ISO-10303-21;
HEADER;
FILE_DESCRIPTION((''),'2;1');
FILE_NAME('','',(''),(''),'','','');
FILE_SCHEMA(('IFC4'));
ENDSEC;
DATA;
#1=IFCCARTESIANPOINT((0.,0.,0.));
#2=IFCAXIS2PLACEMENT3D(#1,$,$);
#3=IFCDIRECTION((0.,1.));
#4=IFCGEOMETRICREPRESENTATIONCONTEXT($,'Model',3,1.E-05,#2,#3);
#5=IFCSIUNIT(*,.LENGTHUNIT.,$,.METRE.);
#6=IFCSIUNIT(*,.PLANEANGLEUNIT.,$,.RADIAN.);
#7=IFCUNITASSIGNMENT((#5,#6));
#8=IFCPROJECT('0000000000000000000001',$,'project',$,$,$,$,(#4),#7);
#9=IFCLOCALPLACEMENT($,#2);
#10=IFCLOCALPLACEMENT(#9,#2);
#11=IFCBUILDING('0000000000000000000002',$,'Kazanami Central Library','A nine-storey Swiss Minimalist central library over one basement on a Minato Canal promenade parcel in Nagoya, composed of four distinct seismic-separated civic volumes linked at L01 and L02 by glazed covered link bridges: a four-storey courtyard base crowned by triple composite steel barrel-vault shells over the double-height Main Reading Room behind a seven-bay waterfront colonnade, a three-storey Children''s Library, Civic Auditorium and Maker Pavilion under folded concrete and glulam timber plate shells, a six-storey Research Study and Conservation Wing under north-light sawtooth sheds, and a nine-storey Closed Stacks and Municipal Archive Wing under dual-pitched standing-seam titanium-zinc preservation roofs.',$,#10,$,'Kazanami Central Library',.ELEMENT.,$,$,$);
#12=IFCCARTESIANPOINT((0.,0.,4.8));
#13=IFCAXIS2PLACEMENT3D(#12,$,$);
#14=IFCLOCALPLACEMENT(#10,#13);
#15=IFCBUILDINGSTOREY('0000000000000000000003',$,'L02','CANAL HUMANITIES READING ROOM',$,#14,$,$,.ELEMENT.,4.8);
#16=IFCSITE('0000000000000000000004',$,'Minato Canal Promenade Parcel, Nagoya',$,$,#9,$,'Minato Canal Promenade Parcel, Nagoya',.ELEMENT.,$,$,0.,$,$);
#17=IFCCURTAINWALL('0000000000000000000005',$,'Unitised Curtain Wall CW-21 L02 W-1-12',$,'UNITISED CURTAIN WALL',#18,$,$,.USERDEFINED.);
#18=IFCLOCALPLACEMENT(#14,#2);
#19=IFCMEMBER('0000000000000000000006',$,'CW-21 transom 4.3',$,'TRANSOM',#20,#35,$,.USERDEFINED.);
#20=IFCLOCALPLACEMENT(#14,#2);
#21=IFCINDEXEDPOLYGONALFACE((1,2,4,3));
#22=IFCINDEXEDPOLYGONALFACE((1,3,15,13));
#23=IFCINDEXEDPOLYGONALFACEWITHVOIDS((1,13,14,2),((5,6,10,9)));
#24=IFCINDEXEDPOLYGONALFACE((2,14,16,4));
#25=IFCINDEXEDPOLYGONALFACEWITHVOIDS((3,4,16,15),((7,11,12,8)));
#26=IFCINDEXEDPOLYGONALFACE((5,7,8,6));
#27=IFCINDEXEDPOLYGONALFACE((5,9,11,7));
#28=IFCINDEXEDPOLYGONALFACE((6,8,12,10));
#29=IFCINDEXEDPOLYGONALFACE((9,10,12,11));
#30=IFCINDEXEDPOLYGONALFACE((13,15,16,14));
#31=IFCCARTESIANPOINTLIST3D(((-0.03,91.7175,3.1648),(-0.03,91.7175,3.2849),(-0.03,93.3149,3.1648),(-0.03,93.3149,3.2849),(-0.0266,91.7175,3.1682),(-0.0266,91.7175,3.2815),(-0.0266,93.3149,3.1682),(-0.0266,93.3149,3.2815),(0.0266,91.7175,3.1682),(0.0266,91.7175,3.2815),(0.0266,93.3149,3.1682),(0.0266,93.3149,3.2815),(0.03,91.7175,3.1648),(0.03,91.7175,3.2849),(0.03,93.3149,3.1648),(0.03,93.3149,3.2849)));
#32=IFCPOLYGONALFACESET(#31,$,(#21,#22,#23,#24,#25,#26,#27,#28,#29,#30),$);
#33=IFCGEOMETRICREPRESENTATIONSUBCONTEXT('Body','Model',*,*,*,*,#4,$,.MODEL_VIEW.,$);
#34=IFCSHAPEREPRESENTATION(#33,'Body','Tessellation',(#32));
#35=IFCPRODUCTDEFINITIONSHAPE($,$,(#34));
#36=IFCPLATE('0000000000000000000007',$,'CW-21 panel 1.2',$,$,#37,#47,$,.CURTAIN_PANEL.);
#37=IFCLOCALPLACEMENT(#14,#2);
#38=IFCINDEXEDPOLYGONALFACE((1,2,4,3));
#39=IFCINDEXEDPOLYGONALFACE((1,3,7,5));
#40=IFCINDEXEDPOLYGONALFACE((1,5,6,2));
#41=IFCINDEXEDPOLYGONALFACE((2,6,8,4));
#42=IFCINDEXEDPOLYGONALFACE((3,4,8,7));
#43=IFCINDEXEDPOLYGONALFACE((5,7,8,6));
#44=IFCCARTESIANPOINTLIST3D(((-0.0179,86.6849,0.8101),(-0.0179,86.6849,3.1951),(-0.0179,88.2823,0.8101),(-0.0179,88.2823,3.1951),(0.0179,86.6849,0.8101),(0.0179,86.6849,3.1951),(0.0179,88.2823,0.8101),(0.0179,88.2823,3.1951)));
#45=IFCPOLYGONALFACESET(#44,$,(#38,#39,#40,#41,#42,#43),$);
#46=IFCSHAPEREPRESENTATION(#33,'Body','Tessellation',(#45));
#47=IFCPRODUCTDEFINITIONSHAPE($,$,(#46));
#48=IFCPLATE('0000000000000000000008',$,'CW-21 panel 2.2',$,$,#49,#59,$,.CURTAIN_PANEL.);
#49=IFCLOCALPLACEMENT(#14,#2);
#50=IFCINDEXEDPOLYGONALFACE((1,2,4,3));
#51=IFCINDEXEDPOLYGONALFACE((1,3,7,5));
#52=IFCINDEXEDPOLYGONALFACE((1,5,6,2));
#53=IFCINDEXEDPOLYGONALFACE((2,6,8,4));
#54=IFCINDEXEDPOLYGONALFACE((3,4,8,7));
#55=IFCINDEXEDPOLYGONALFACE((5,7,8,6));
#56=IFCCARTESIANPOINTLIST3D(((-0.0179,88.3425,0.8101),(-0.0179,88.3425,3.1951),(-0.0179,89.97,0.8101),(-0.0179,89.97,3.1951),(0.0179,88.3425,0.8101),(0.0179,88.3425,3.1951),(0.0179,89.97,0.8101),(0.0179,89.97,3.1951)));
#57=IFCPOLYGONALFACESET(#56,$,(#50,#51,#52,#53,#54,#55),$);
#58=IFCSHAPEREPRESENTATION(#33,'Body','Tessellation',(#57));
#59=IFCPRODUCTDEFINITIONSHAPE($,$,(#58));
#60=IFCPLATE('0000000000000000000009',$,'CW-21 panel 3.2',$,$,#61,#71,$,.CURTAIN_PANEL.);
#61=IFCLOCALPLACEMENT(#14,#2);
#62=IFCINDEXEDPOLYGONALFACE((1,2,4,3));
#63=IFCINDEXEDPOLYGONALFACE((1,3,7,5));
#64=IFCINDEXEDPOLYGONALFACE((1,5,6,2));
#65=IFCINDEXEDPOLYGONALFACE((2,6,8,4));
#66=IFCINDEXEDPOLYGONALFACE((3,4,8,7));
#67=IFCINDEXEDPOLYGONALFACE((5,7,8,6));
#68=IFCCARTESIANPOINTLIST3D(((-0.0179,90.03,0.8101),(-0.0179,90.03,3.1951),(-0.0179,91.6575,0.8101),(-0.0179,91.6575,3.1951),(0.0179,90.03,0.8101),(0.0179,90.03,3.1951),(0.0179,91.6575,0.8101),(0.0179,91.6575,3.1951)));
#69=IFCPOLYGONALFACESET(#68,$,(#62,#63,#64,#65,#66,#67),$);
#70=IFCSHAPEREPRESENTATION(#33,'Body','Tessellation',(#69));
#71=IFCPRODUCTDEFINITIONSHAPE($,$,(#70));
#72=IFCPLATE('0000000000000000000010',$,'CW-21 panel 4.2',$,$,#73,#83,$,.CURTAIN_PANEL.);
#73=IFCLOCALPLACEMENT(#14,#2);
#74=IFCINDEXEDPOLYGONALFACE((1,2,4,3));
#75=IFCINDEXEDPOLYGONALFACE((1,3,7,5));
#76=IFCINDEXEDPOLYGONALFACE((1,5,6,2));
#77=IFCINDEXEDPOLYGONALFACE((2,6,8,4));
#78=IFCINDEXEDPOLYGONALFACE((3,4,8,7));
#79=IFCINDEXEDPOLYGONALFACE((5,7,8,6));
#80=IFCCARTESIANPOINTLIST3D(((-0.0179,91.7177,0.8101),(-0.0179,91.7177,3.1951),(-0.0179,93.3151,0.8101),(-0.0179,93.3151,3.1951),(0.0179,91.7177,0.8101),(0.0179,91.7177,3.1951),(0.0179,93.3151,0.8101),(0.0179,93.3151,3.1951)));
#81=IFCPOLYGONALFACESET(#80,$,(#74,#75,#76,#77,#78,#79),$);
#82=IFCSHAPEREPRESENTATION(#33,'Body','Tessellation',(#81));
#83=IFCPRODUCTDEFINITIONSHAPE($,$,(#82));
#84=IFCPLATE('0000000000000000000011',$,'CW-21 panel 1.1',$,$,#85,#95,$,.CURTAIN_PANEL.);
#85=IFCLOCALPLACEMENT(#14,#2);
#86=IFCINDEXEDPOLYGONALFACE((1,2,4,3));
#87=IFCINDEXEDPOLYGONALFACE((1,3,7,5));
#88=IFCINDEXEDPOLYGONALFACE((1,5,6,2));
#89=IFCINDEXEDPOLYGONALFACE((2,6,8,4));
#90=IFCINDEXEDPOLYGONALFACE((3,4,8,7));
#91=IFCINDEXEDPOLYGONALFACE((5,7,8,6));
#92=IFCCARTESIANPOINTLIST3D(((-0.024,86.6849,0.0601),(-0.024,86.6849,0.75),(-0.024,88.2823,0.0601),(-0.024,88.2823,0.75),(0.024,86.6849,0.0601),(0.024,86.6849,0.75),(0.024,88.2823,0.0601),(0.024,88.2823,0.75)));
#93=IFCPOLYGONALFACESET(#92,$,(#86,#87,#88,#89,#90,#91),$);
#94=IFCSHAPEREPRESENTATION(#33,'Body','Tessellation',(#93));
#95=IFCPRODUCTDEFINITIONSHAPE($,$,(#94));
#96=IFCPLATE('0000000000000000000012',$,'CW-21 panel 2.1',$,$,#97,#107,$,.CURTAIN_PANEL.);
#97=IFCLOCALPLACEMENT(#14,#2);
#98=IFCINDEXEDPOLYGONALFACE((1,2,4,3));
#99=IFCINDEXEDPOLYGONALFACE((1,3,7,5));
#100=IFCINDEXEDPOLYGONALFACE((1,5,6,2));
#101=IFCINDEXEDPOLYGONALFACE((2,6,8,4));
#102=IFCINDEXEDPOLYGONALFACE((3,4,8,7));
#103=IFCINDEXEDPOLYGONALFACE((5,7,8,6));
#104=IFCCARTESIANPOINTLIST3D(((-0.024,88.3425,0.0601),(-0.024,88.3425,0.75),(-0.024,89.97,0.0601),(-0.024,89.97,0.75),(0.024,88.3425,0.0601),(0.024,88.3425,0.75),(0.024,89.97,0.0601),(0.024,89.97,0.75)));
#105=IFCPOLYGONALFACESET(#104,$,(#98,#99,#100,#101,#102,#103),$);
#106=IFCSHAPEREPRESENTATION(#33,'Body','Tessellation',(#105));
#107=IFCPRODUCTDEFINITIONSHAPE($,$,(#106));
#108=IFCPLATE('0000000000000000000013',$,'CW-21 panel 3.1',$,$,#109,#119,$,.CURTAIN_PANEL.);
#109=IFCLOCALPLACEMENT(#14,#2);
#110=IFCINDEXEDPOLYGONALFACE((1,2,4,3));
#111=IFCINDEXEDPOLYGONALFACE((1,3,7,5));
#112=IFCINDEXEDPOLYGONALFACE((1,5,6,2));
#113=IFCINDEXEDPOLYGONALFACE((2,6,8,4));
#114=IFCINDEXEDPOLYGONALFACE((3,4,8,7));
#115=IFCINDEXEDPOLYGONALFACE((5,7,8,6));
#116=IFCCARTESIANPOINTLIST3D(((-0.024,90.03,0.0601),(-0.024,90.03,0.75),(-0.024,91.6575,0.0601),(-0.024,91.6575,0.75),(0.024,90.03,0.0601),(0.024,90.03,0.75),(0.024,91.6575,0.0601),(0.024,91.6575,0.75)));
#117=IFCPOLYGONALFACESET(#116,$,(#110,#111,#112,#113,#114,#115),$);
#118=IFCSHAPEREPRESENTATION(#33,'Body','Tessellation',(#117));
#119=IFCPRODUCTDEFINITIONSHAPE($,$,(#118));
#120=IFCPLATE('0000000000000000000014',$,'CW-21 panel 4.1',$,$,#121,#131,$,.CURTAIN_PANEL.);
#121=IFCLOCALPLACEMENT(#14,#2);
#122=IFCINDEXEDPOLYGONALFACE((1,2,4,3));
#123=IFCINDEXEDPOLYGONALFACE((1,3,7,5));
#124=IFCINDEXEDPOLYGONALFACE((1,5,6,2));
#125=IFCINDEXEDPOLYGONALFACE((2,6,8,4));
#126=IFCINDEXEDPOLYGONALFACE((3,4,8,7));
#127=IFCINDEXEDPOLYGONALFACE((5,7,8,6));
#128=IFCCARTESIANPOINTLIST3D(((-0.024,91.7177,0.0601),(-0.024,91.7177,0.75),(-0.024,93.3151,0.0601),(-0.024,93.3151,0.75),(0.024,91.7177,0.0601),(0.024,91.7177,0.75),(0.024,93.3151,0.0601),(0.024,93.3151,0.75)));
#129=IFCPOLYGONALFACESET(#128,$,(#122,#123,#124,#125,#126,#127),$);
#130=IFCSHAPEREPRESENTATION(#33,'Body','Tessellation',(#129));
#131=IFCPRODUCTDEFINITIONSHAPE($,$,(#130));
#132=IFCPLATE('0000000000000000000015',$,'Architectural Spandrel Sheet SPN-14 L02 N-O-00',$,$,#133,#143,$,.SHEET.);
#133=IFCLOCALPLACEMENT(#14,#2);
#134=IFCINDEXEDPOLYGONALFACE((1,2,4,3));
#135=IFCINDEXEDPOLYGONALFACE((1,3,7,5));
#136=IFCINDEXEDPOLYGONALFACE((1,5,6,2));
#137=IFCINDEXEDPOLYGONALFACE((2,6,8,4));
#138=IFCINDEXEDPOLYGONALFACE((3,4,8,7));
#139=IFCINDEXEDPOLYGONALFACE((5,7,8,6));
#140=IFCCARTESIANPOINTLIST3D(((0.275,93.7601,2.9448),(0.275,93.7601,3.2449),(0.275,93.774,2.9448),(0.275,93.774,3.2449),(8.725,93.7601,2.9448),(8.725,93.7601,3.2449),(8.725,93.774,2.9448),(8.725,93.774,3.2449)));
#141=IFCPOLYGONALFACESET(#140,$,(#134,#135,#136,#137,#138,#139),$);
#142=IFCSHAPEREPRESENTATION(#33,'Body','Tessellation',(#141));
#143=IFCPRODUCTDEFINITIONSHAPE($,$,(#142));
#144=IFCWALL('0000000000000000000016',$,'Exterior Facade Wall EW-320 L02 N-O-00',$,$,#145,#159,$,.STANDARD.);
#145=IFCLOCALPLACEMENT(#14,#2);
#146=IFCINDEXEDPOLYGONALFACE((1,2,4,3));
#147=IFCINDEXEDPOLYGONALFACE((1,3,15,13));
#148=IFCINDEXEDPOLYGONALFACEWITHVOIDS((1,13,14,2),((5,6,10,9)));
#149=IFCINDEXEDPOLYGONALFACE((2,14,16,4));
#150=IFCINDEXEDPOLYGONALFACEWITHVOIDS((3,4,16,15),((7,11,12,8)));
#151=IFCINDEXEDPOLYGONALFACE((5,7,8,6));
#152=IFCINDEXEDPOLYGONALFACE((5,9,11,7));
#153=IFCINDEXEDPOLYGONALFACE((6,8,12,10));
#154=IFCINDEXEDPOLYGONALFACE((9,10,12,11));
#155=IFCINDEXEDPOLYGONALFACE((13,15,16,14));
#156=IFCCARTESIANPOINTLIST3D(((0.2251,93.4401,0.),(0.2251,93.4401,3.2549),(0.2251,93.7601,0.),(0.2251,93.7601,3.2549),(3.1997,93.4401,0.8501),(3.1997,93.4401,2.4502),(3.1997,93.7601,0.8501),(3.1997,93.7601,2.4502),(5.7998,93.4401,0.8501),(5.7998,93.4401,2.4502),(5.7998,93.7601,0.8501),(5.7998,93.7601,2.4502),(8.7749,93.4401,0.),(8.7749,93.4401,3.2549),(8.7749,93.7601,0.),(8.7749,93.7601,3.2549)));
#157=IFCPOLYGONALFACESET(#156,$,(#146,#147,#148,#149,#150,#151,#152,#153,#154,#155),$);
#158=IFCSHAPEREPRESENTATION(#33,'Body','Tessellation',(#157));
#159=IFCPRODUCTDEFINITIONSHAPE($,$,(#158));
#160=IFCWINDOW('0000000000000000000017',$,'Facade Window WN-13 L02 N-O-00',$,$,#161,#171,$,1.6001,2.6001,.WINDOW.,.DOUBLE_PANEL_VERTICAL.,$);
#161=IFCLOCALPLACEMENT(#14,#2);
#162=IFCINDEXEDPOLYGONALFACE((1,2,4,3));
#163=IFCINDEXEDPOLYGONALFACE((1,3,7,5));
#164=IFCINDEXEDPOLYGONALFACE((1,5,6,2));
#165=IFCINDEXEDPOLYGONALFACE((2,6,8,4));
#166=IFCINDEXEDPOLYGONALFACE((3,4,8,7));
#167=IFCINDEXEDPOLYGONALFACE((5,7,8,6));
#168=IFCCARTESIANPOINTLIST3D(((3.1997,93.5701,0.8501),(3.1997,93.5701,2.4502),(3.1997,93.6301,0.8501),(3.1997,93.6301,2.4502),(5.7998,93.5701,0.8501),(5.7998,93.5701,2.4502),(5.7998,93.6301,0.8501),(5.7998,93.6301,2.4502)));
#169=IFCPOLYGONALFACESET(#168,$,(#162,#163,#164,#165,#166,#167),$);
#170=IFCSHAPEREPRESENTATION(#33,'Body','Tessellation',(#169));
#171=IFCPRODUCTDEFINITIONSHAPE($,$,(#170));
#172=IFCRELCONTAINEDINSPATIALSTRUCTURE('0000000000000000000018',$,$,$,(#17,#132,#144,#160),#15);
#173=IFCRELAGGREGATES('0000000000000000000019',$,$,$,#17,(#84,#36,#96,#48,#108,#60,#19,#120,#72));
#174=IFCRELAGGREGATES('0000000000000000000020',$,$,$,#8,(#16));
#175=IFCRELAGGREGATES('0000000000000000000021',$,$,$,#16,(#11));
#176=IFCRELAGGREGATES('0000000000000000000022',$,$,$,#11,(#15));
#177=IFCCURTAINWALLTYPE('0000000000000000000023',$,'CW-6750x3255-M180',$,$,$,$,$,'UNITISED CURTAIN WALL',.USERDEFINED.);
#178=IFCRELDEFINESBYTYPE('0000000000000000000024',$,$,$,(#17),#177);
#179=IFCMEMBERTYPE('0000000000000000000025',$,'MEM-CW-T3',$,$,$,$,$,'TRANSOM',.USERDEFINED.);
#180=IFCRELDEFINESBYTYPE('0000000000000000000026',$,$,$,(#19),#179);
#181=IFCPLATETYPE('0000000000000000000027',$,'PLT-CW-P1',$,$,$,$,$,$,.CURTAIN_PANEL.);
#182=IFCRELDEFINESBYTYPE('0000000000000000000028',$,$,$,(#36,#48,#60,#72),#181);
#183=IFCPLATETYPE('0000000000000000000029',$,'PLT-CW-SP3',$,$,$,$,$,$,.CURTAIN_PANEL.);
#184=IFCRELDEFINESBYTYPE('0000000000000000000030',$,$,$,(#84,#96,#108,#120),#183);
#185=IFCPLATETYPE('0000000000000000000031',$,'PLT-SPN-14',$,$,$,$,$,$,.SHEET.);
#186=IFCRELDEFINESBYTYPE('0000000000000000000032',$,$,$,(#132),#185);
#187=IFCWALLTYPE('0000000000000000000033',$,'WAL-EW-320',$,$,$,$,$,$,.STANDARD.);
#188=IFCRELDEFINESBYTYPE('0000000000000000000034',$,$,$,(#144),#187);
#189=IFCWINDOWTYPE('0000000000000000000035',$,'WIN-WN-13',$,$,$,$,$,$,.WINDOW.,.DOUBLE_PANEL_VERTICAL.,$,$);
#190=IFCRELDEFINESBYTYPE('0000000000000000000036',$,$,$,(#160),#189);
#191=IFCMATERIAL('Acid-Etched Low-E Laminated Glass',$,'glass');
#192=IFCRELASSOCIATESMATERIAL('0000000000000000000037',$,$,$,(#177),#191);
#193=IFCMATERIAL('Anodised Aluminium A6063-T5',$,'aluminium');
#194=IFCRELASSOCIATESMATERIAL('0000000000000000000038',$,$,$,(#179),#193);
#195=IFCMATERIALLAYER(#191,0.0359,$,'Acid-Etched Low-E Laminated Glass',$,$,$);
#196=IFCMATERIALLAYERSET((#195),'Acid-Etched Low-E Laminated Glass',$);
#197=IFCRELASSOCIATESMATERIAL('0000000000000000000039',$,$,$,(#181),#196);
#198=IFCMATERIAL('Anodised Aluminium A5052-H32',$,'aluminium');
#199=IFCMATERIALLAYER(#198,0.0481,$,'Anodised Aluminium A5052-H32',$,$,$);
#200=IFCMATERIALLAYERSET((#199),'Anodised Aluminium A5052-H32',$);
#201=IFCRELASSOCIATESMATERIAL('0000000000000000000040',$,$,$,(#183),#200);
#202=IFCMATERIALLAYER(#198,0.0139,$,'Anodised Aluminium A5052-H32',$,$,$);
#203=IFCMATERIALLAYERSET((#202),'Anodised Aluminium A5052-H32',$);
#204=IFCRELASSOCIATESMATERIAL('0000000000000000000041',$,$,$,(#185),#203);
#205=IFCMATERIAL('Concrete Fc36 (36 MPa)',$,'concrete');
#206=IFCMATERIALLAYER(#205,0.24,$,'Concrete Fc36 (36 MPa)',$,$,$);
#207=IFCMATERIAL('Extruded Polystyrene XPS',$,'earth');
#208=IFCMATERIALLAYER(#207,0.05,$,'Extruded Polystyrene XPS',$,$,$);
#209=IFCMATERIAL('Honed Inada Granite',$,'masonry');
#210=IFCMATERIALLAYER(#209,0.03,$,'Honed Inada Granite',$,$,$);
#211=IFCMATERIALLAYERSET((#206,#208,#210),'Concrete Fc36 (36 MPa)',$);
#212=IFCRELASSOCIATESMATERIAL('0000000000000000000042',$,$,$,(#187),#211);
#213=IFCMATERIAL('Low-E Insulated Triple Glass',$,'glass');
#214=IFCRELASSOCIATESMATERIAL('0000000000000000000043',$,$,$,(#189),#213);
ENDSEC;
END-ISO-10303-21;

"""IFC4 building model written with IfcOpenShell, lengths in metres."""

from ifc_helpers import new_model, si_unit, direction, frame, frame_2d, origin, origin_2d, place, context, subcontext, project, spatial, rectangle, hollow_rectangle, extrude, material, layer, layer_set, material_profile, profile_set, type_object, element, fill, aggregate, save


model = new_model("IFC4")

# Units and contexts
model_context = context("Model", 3, precision=1e-05, world=origin(), true_north=direction((0.0, 1.0)))
body_context = subcontext(model_context, "Body", "Model", "MODEL_VIEW")
ifc_project = project(units=[si_unit("LENGTHUNIT", "METRE"), si_unit("PLANEANGLEUNIT", "RADIAN")], contexts=[model_context])

# Site, building, storey
site_placement = place(None, origin())
site = spatial("IfcSite", under=ifc_project, at=site_placement, Name="Minato Canal Promenade Parcel, Nagoya", LongName="Minato Canal Promenade Parcel, Nagoya", CompositionType="ELEMENT", RefElevation=0.0)
building_placement = place(site_placement, origin())
building = spatial("IfcBuilding", under=site, at=building_placement, Name="Kazanami Central Library", Description="A nine-storey Swiss Minimalist central library over one basement on a Minato Canal promenade parcel in Nagoya, composed of four distinct seismic-separated civic volumes linked at L01 and L02 by glazed covered link bridges: a four-storey courtyard base crowned by triple composite steel barrel-vault shells over the double-height Main Reading Room behind a seven-bay waterfront colonnade, a three-storey Children's Library, Civic Auditorium and Maker Pavilion under folded concrete and glulam timber plate shells, a six-storey Research Study and Conservation Wing under north-light sawtooth sheds, and a nine-storey Closed Stacks and Municipal Archive Wing under dual-pitched standing-seam titanium-zinc preservation roofs.", LongName="Kazanami Central Library", CompositionType="ELEMENT")
storey_placement = place(building_placement, frame((0.0, 0.0, 4.8)))
storey = spatial("IfcBuildingStorey", under=building, at=storey_placement, Name="L02", Description="CANAL HUMANITIES READING ROOM", CompositionType="ELEMENT", Elevation=4.8)

# Curtain wall, member, plates
ifc_material_1 = material(Name="Acid-Etched Low-E Laminated Glass", Category="glass")
curtain_wall_type = type_object("IfcCurtainWallType", Name="CW-6750x3255-M180", ElementType="UNITISED CURTAIN WALL", PredefinedType="USERDEFINED", material=ifc_material_1)
curtain_wall_placement = place(storey_placement, origin())
curtain_wall = element("IfcCurtainWall", 1, at=curtain_wall_placement, inside=storey, type_object=curtain_wall_type, Name="Unitised Curtain Wall CW-21 L02 W-1-12", ObjectType="UNITISED CURTAIN WALL", PredefinedType="USERDEFINED")
ifc_material_2 = material(Name="Anodised Aluminium A6063-T5", Category="aluminium")
ifc_material_profile_1 = material_profile(ifc_material_2, hollow_rectangle(XDim=0.0601, YDim=0.1201, WallThickness=0.0034, at=origin_2d()), Name="ALU-TRAN-60x120x3.5")
ifc_profile_set_1 = profile_set([ifc_material_profile_1], Name="Anodised Aluminium A6063-T5")
member_type_1 = type_object("IfcMemberType", Name="MEM-CW-T3", ElementType="TRANSOM", PredefinedType="USERDEFINED", material=ifc_profile_set_1)
member_1_placement = place(storey_placement, frame((0.0, 91.7175, 3.2249), z_axis=(0.0, 1.0, 0.0), x_axis=(-1.0, 0.0, 0.0)))
member_1 = element("IfcMember", 2, at=member_1_placement, type_object=member_type_1, Name="CW-21 transom 4.3", ObjectType="TRANSOM", PredefinedType="USERDEFINED", context=body_context, shape_type="SweptSolid", body=[
    extrude(hollow_rectangle(XDim=0.0601, YDim=0.1201, WallThickness=0.0034, at=origin_2d()), origin(), (0.0, 0.0, 1.0), 1.5974),
])
ifc_layer_1 = layer(ifc_material_1, 0.0359, Name="Acid-Etched Low-E Laminated Glass")
ifc_layer_set_1 = layer_set([ifc_layer_1], Name="Acid-Etched Low-E Laminated Glass")
plate_type_1 = type_object("IfcPlateType", Name="PLT-CW-P1", PredefinedType="CURTAIN_PANEL", material=ifc_layer_set_1)
plate_1_placement = place(storey_placement, frame((0.0, 87.4836, 0.8101), z_axis=(0.0, 0.0, 1.0), x_axis=(0.0, 1.0, 0.0)))
plate_1 = element("IfcPlate", 3, at=plate_1_placement, type_object=plate_type_1, Name="CW-21 panel 1.2", PredefinedType="CURTAIN_PANEL", context=body_context, shape_type="SweptSolid", body=[
    extrude(rectangle(XDim=1.5974, YDim=0.0359, at=origin_2d()), origin(), (0.0, 0.0, 1.0), 2.385),
])
plate_2_placement = place(storey_placement, frame((0.0, 89.1562, 0.8101), z_axis=(0.0, 0.0, 1.0), x_axis=(0.0, 1.0, 0.0)))
plate_2 = element("IfcPlate", 4, at=plate_2_placement, type_object=plate_type_1, Name="CW-21 panel 2.2", PredefinedType="CURTAIN_PANEL", context=body_context, shape_type="SweptSolid", body=[
    extrude(rectangle(XDim=1.6274, YDim=0.0359, at=origin_2d()), origin(), (0.0, 0.0, 1.0), 2.385),
])
plate_3_placement = place(storey_placement, frame((0.0, 90.8438, 0.8101), z_axis=(0.0, 0.0, 1.0), x_axis=(0.0, 1.0, 0.0)))
plate_3 = element("IfcPlate", 5, at=plate_3_placement, type_object=plate_type_1, Name="CW-21 panel 3.2", PredefinedType="CURTAIN_PANEL", context=body_context, shape_type="SweptSolid", body=[
    extrude(rectangle(XDim=1.6274, YDim=0.0359, at=origin_2d()), origin(), (0.0, 0.0, 1.0), 2.385),
])
plate_4_placement = place(storey_placement, frame((0.0, 92.5164, 0.8101), z_axis=(0.0, 0.0, 1.0), x_axis=(0.0, 1.0, 0.0)))
plate_4 = element("IfcPlate", 6, at=plate_4_placement, type_object=plate_type_1, Name="CW-21 panel 4.2", PredefinedType="CURTAIN_PANEL", context=body_context, shape_type="SweptSolid", body=[
    extrude(rectangle(XDim=1.5974, YDim=0.0359, at=origin_2d()), origin(), (0.0, 0.0, 1.0), 2.385),
])
ifc_material_3 = material(Name="Anodised Aluminium A5052-H32", Category="aluminium")
ifc_layer_2 = layer(ifc_material_3, 0.0481, Name="Anodised Aluminium A5052-H32")
ifc_layer_set_2 = layer_set([ifc_layer_2], Name="Anodised Aluminium A5052-H32")
plate_type_2 = type_object("IfcPlateType", Name="PLT-CW-SP3", PredefinedType="CURTAIN_PANEL", material=ifc_layer_set_2)
plate_5_placement = place(storey_placement, frame((0.0, 87.4836, 0.0601), z_axis=(0.0, 0.0, 1.0), x_axis=(0.0, 1.0, 0.0)))
plate_5 = element("IfcPlate", 7, at=plate_5_placement, type_object=plate_type_2, Name="CW-21 panel 1.1", PredefinedType="CURTAIN_PANEL", context=body_context, shape_type="SweptSolid", body=[
    extrude(rectangle(XDim=1.5974, YDim=0.0481, at=origin_2d()), origin(), (0.0, 0.0, 1.0), 0.6899),
])
plate_6_placement = place(storey_placement, frame((0.0, 89.1562, 0.0601), z_axis=(0.0, 0.0, 1.0), x_axis=(0.0, 1.0, 0.0)))
plate_6 = element("IfcPlate", 8, at=plate_6_placement, type_object=plate_type_2, Name="CW-21 panel 2.1", PredefinedType="CURTAIN_PANEL", context=body_context, shape_type="SweptSolid", body=[
    extrude(rectangle(XDim=1.6274, YDim=0.0481, at=origin_2d()), origin(), (0.0, 0.0, 1.0), 0.6899),
])
plate_7_placement = place(storey_placement, frame((0.0, 90.8438, 0.0601), z_axis=(0.0, 0.0, 1.0), x_axis=(0.0, 1.0, 0.0)))
plate_7 = element("IfcPlate", 9, at=plate_7_placement, type_object=plate_type_2, Name="CW-21 panel 3.1", PredefinedType="CURTAIN_PANEL", context=body_context, shape_type="SweptSolid", body=[
    extrude(rectangle(XDim=1.6274, YDim=0.0481, at=origin_2d()), origin(), (0.0, 0.0, 1.0), 0.6899),
])
plate_8_placement = place(storey_placement, frame((0.0, 92.5164, 0.0601), z_axis=(0.0, 0.0, 1.0), x_axis=(0.0, 1.0, 0.0)))
plate_8 = element("IfcPlate", 10, at=plate_8_placement, type_object=plate_type_2, Name="CW-21 panel 4.1", PredefinedType="CURTAIN_PANEL", context=body_context, shape_type="SweptSolid", body=[
    extrude(rectangle(XDim=1.5974, YDim=0.0481, at=origin_2d()), origin(), (0.0, 0.0, 1.0), 0.6899),
])
aggregate(curtain_wall, [plate_5, plate_1, plate_6, plate_2, plate_7, plate_3, member_1, plate_8, plate_4])

# Plate
ifc_layer_3 = layer(ifc_material_3, 0.0139, Name="Anodised Aluminium A5052-H32")
ifc_layer_set_3 = layer_set([ifc_layer_3], Name="Anodised Aluminium A5052-H32")
plate_type_3 = type_object("IfcPlateType", Name="PLT-SPN-14", PredefinedType="SHEET", material=ifc_layer_set_3)
plate_9_placement = place(storey_placement, frame((4.5, 93.7671, 2.9448), z_axis=(0.0, 0.0, 1.0), x_axis=(-1.0, 0.0, 0.0)))
element("IfcPlate", 11, at=plate_9_placement, inside=storey, type_object=plate_type_3, Name="Architectural Spandrel Sheet SPN-14 L02 N-O-00", PredefinedType="SHEET", context=body_context, shape_type="SweptSolid", body=[
    extrude(rectangle(XDim=8.45, YDim=0.0139, at=origin_2d()), origin(), (0.0, 0.0, 1.0), 0.3),
])

# Wall, opening, window
ifc_material_4 = material(Name="Concrete Fc36 (36 MPa)", Category="concrete")
ifc_layer_4 = layer(ifc_material_4, 0.24, Name="Concrete Fc36 (36 MPa)")
ifc_material_5 = material(Name="Extruded Polystyrene XPS", Category="earth")
ifc_layer_5 = layer(ifc_material_5, 0.05, Name="Extruded Polystyrene XPS")
ifc_material_6 = material(Name="Honed Inada Granite", Category="masonry")
ifc_layer_6 = layer(ifc_material_6, 0.03, Name="Honed Inada Granite")
ifc_layer_set_4 = layer_set([ifc_layer_4, ifc_layer_5, ifc_layer_6], Name="Concrete Fc36 (36 MPa)")
wall_type = type_object("IfcWallType", Name="WAL-EW-320", PredefinedType="STANDARD", material=ifc_layer_set_4)
wall_placement = place(storey_placement, frame((8.7749, 93.6001, 0.0), z_axis=(0.0, 0.0, 1.0), x_axis=(-1.0, 0.0, 0.0)))
wall = element("IfcWall", 12, at=wall_placement, inside=storey, type_object=wall_type, Name="Exterior Facade Wall EW-320 L02 N-O-00", PredefinedType="STANDARD", context=body_context, shape_type="SweptSolid", body=[
    extrude(rectangle(XDim=8.5498, YDim=0.3201, at=frame_2d((4.2749, 0.0))), origin(), (0.0, 0.0, 1.0), 3.2549),
])
opening_placement = place(wall_placement, frame((2.9751, 0.0, 0.8501)))
opening = element("IfcOpeningElement", 13, at=opening_placement, cuts=wall, PredefinedType="OPENING", context=body_context, shape_type="SweptSolid", body=[
    extrude(rectangle(XDim=2.6001, YDim=1.6001, at=frame_2d((1.3, 0.8))), frame((0.0, 0.1719, 0.0), z_axis=(0.0, -1.0, 0.0), x_axis=(1.0, 0.0, 0.0)), (0.0, 0.0, 1.0), 0.344),
])
ifc_material_7 = material(Name="Low-E Insulated Triple Glass", Category="glass")
window_type = type_object("IfcWindowType", Name="WIN-WN-13", PartitioningType="DOUBLE_PANEL_VERTICAL", PredefinedType="WINDOW", material=ifc_material_7)
window_placement = place(opening_placement, origin())
window = element("IfcWindow", 14, at=window_placement, inside=storey, type_object=window_type, Name="Facade Window WN-13 L02 N-O-00", OverallHeight=1.6001, OverallWidth=2.6001, PartitioningType="DOUBLE_PANEL_VERTICAL", PredefinedType="WINDOW", context=body_context, shape_type="SweptSolid", body=[
    extrude(rectangle(XDim=2.6001, YDim=1.6001, at=frame_2d((1.3, 0.8))), frame((0.0, 0.03, 0.0), z_axis=(0.0, -1.0, 0.0), x_axis=(1.0, 0.0, 0.0)), (0.0, 0.0, 1.0), 0.0601),
])
fill(opening, window)

save(model, "model.ifc")
